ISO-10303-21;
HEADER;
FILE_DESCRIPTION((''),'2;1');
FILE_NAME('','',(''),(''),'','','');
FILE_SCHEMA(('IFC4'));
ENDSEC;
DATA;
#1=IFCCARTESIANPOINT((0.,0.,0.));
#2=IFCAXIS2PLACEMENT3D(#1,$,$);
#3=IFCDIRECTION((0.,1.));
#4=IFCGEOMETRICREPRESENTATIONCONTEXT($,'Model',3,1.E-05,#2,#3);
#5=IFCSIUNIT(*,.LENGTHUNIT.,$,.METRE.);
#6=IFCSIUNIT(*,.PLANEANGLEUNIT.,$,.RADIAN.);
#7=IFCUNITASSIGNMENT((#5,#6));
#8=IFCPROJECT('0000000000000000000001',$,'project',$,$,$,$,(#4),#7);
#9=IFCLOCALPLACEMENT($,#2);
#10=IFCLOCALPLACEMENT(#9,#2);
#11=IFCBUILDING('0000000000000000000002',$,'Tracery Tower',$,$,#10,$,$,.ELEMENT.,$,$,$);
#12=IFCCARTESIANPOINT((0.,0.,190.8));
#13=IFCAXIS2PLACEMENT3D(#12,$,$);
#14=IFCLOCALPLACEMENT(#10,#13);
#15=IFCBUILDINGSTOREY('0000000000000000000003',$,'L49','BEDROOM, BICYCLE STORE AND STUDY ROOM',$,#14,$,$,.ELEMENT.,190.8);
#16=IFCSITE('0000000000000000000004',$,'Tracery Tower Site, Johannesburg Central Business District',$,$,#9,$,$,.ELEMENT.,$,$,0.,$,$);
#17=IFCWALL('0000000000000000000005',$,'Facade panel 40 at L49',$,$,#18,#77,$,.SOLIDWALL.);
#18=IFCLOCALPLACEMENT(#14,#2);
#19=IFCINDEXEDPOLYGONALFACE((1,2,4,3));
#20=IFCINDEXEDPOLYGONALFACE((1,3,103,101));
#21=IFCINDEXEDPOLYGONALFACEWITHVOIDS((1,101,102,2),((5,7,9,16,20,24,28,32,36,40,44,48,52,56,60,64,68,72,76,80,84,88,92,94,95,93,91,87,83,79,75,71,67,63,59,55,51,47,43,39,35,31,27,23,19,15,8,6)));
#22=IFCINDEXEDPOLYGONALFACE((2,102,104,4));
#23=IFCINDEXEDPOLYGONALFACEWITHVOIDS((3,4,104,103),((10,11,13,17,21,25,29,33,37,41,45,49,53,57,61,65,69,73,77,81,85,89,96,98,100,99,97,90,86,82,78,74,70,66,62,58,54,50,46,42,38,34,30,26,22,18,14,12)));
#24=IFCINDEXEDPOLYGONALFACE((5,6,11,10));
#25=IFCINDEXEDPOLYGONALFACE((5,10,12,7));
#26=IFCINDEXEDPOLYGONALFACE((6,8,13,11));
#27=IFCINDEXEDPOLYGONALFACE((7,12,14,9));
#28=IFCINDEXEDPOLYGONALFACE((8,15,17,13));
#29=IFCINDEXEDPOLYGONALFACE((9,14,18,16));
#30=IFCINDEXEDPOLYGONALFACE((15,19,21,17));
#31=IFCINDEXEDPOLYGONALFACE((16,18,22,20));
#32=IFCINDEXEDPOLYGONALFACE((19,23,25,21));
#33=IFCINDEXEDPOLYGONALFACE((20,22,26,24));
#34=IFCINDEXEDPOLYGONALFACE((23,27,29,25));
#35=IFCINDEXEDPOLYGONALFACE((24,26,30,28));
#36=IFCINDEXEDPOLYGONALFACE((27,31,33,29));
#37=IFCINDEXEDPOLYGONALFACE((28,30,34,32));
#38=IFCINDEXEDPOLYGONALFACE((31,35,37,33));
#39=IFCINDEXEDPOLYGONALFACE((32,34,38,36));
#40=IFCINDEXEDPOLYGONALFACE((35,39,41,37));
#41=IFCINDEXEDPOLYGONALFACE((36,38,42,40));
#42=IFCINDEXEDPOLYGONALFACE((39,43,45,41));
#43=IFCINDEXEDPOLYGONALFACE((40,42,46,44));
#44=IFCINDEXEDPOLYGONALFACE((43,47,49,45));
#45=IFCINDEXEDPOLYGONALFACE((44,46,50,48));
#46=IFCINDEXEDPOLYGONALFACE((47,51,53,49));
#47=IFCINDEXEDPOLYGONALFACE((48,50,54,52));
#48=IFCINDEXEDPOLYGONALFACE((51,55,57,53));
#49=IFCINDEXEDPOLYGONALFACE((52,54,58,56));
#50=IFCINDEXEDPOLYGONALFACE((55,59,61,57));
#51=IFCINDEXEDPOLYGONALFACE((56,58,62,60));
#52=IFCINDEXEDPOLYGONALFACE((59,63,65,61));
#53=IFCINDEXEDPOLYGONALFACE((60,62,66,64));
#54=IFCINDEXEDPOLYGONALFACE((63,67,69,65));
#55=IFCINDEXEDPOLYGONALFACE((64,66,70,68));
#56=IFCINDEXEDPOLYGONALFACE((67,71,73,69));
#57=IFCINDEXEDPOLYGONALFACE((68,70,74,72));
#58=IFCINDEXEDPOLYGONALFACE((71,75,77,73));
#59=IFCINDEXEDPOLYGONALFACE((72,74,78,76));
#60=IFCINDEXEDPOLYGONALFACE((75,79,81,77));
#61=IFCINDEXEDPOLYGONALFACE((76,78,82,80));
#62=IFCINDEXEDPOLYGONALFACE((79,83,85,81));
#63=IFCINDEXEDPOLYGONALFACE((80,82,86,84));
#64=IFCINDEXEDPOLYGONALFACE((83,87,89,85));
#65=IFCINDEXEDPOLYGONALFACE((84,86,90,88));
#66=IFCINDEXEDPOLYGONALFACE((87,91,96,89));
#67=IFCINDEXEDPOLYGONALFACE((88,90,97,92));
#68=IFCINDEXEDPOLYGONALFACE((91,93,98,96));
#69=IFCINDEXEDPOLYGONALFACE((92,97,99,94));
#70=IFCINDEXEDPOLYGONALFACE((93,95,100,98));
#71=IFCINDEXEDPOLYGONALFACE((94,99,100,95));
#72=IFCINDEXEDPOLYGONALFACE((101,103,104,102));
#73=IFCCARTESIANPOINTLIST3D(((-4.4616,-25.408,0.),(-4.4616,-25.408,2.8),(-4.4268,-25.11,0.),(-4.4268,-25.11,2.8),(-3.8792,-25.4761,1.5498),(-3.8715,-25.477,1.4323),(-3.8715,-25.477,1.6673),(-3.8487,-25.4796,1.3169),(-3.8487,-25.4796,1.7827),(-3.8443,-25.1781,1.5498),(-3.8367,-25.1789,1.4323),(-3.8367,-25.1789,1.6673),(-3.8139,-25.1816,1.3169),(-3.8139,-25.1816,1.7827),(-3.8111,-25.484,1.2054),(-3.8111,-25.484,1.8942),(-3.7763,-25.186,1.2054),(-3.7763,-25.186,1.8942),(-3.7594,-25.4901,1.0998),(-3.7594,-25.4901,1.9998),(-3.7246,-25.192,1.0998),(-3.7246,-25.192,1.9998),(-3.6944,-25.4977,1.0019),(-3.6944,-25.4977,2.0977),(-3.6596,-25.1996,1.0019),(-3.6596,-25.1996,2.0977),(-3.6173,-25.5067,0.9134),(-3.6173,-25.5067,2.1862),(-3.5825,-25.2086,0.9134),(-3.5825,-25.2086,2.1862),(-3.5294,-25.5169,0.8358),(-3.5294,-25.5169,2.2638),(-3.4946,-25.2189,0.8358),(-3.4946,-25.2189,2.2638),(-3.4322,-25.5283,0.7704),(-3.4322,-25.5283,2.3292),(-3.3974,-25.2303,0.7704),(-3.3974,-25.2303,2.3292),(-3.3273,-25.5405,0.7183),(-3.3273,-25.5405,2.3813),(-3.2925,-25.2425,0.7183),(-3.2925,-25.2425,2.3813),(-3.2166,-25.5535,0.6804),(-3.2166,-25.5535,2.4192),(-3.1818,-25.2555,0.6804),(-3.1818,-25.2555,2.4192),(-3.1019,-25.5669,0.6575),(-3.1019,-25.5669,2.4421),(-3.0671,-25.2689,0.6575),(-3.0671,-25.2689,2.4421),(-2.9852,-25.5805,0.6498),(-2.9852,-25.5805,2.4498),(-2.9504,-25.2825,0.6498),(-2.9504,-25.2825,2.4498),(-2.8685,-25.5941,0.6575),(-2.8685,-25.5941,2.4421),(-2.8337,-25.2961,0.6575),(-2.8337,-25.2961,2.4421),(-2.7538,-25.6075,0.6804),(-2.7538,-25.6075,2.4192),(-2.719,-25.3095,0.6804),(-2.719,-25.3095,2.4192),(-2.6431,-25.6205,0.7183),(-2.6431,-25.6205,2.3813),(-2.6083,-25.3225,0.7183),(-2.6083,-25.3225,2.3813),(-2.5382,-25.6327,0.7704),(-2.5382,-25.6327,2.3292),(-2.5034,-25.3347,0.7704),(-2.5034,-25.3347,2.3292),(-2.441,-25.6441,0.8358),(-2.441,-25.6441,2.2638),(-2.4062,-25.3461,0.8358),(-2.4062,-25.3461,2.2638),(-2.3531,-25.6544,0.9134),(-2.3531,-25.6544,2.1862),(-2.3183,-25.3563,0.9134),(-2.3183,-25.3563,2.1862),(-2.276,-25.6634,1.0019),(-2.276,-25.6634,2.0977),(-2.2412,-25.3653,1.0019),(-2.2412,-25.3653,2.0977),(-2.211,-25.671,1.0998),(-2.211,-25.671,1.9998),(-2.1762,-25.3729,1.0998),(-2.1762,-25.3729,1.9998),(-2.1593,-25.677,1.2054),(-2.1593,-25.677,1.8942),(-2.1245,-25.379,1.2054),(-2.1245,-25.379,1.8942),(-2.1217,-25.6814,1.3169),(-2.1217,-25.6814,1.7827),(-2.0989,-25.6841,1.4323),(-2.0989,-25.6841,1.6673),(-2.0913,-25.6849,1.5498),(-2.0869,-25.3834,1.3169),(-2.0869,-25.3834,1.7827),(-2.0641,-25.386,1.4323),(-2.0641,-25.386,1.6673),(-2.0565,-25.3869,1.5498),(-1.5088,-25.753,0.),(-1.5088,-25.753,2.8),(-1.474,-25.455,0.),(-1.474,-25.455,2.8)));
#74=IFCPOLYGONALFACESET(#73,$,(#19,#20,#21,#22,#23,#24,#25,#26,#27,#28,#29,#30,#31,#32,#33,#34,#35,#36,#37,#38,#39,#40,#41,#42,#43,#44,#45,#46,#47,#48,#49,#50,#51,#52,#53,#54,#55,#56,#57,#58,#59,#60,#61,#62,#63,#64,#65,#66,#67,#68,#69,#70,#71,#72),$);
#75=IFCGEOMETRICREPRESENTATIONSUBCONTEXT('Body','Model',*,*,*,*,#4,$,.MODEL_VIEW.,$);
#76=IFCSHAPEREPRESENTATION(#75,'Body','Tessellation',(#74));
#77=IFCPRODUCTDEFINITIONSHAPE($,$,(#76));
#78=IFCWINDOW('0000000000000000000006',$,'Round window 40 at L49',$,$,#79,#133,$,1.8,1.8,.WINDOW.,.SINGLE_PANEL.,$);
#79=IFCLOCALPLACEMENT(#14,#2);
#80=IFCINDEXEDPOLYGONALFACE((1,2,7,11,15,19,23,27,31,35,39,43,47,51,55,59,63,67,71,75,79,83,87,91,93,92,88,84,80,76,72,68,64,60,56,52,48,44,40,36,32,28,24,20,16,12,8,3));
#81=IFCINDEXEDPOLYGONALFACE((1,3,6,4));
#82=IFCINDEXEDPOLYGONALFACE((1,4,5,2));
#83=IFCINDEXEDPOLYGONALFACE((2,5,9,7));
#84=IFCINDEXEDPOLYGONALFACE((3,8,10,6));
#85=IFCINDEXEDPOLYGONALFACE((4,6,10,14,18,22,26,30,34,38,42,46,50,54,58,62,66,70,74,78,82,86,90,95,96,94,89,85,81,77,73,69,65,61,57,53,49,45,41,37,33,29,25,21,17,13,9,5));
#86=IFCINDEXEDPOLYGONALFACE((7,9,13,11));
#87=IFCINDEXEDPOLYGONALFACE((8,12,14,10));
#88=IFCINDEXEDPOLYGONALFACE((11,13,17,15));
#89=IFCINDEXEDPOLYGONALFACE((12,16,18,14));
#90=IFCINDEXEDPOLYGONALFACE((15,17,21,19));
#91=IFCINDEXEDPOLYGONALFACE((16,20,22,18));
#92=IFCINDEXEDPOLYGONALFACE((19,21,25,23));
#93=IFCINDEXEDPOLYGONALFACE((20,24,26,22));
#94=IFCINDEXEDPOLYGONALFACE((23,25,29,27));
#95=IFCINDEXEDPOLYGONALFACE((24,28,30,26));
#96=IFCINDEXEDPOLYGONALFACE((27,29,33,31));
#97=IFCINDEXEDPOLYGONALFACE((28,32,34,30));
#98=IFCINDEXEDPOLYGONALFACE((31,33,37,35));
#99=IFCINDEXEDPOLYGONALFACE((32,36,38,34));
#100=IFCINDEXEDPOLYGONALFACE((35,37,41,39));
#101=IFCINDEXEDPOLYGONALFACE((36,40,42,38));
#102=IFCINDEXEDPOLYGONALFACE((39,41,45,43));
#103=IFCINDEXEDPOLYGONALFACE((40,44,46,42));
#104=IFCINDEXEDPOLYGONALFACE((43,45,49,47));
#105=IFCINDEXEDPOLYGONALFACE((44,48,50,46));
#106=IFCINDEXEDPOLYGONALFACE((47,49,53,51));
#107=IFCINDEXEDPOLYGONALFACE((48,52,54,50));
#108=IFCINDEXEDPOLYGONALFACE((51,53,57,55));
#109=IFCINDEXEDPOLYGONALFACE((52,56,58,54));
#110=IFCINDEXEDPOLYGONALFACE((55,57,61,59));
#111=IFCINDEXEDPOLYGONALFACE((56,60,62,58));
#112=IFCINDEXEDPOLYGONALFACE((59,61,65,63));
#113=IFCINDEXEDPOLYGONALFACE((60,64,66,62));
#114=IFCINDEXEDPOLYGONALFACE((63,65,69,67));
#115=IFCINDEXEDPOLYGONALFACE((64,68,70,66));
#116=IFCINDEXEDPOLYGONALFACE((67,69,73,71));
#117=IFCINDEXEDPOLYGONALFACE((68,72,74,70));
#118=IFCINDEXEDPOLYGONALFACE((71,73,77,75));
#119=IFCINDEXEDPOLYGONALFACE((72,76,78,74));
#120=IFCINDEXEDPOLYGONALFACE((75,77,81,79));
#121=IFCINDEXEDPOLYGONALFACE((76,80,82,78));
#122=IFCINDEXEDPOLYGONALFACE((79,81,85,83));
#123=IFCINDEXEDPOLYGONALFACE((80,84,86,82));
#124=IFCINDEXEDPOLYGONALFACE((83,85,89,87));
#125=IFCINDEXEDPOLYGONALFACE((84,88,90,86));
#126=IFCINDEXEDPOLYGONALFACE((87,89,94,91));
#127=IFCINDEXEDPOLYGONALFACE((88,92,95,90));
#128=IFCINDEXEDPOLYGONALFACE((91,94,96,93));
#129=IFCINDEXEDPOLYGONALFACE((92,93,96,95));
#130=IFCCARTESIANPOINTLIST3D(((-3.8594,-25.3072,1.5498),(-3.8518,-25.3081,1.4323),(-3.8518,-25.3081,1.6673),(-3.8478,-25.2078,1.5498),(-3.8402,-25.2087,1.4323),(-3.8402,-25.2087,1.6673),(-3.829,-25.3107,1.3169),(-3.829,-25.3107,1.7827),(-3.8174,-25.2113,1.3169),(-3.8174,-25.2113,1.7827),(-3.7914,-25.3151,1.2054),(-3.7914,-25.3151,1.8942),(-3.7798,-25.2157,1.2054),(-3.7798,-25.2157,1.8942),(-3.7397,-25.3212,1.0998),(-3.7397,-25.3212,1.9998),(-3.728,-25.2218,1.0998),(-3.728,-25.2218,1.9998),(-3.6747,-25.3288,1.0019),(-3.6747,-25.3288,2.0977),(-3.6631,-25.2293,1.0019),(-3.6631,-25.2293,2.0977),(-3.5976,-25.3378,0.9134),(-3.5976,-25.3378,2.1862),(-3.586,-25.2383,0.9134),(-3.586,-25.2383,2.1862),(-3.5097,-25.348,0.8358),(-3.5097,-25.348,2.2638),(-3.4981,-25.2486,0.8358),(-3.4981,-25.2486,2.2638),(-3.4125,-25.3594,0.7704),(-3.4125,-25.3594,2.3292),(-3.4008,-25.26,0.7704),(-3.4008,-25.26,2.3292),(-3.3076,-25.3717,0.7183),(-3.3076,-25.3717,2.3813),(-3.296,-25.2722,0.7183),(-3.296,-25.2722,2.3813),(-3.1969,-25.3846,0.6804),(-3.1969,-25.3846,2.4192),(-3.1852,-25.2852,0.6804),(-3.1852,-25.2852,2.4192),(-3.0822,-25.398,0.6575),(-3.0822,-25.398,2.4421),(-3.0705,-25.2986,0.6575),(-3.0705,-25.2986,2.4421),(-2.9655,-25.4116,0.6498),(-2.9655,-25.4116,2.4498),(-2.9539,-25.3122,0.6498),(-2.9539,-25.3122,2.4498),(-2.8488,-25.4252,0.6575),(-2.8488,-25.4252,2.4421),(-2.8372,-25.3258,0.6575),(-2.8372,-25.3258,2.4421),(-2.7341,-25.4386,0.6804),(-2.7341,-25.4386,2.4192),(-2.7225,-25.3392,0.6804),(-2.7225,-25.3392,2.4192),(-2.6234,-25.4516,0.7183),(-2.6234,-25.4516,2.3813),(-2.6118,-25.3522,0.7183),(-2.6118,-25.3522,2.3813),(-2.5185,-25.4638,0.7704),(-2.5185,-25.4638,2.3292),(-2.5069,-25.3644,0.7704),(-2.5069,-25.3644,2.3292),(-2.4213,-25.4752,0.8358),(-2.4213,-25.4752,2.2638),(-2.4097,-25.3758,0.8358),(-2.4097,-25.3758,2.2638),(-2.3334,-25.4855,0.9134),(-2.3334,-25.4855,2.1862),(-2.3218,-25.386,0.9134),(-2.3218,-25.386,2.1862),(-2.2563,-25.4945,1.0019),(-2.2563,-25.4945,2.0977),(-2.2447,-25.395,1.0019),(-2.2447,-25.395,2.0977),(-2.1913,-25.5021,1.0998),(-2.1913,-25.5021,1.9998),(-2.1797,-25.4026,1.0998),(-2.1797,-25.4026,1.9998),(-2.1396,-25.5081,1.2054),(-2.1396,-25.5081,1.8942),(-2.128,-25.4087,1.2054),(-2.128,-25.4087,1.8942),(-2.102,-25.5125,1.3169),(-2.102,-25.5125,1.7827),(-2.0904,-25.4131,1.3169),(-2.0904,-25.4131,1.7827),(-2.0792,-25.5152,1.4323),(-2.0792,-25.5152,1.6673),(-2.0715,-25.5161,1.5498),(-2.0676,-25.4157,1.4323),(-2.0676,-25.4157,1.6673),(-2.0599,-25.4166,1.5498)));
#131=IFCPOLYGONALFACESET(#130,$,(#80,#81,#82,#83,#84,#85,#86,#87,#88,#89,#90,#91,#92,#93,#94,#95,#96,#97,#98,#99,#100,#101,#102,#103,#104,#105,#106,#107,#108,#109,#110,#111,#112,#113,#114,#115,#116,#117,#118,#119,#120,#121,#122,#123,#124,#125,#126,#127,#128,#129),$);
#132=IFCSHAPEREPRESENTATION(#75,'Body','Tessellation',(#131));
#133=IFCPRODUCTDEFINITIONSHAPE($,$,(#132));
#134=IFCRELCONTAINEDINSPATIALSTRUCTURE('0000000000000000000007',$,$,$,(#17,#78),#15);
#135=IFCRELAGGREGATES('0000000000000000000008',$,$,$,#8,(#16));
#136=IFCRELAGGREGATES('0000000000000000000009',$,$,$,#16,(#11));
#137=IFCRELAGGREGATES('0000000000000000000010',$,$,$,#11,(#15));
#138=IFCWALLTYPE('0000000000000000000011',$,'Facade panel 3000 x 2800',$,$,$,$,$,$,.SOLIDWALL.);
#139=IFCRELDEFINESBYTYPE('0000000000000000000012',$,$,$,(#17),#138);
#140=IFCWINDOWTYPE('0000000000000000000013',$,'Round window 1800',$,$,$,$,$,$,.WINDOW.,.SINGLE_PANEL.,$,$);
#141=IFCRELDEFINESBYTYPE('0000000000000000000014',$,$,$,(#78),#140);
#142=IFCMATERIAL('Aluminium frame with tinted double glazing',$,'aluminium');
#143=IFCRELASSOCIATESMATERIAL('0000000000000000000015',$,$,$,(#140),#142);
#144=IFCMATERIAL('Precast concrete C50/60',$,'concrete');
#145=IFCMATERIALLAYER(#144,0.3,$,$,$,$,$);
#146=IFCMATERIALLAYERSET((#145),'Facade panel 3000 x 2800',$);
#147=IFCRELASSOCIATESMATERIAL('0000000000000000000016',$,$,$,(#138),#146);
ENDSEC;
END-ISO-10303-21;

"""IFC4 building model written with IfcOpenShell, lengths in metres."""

from ifc_helpers import new_model, si_unit, direction, frame, frame_2d, origin, origin_2d, place, context, subcontext, project, spatial, rectangle, circle, extrude, material, layer, layer_set, type_object, element, fill, save


model = new_model("IFC4")

# Units and contexts
model_context = context("Model", 3, precision=1e-05, world=origin(), true_north=direction((0.0, 1.0)))
body_context = subcontext(model_context, "Body", "Model", "MODEL_VIEW")
ifc_project = project(units=[si_unit("LENGTHUNIT", "METRE"), si_unit("PLANEANGLEUNIT", "RADIAN")], contexts=[model_context])

# Site, building, storey
site_placement = place(None, origin())
site = spatial("IfcSite", under=ifc_project, at=site_placement, Name="Tracery Tower Site, Johannesburg Central Business District", CompositionType="ELEMENT", RefElevation=0.0)
building_placement = place(site_placement, origin())
building = spatial("IfcBuilding", under=site, at=building_placement, Name="Tracery Tower", CompositionType="ELEMENT")
storey_placement = place(building_placement, frame((0.0, 0.0, 190.8)))
storey = spatial("IfcBuildingStorey", under=building, at=storey_placement, Name="L49", Description="BEDROOM, BICYCLE STORE AND STUDY ROOM", CompositionType="ELEMENT", Elevation=190.8)

# Wall, opening, window
ifc_material_1 = material(Name="Aluminium frame with tinted double glazing", Category="aluminium")
window_type = type_object("IfcWindowType", Name="Round window 1800", PartitioningType="SINGLE_PANEL", PredefinedType="WINDOW", material=ifc_material_1)
ifc_material_2 = material(Name="Precast concrete C50/60", Category="concrete")
ifc_layer_1 = layer(ifc_material_2, 0.3)
ifc_layer_set_1 = layer_set([ifc_layer_1], Name="Facade panel 3000 x 2800")
wall_type_1 = type_object("IfcWallType", Name="Facade panel 3000 x 2800", PredefinedType="SOLIDWALL", material=ifc_layer_set_1)
wall_1_placement = place(storey_placement, frame((-4.4441, -25.259, 0.0), z_axis=(0.0, 0.0, 1.0), x_axis=(0.993245, -0.116036, 0.0)))
wall_1 = element("IfcWall", 1, at=wall_1_placement, inside=storey, type_object=wall_type_1, Name="Facade panel 40 at L49", PredefinedType="SOLIDWALL", context=body_context, shape_type="SweptSolid", body=[
    extrude(rectangle(XDim=2.9729, YDim=0.3, at=frame_2d((1.4863, 0.0))), origin(), (0.0, 0.0, 1.0), 2.8),
])
opening_1_placement = place(wall_1_placement, frame((1.4863, 0.0, 1.5498)))
opening_1 = element("IfcOpeningElement", 2, at=opening_1_placement, cuts=wall_1, PredefinedType="OPENING", context=body_context, shape_type="SweptSolid", body=[
    extrude(circle(Radius=0.9, at=origin_2d()), frame((0.0, 0.1599, 0.0), z_axis=(0.0, -1.0, 0.0), x_axis=(1.0, 0.0, 0.0)), (0.0, 0.0, 1.0), 0.3201),
])
window_1_placement = place(opening_1_placement, origin())
window_1 = element("IfcWindow", 3, at=window_1_placement, inside=storey, type_object=window_type, Name="Round window 40 at L49", OverallHeight=1.8, OverallWidth=1.8, PartitioningType="SINGLE_PANEL", PredefinedType="WINDOW", context=body_context, shape_type="SweptSolid", body=[
    extrude(circle(Radius=0.9, at=origin_2d()), frame((0.0, 0.1201, 0.0), z_axis=(0.0, -1.0, 0.0), x_axis=(1.0, 0.0, 0.0)), (0.0, 0.0, 1.0), 0.1001),
])
fill(opening_1, window_1)

save(model, "model.ifc")
